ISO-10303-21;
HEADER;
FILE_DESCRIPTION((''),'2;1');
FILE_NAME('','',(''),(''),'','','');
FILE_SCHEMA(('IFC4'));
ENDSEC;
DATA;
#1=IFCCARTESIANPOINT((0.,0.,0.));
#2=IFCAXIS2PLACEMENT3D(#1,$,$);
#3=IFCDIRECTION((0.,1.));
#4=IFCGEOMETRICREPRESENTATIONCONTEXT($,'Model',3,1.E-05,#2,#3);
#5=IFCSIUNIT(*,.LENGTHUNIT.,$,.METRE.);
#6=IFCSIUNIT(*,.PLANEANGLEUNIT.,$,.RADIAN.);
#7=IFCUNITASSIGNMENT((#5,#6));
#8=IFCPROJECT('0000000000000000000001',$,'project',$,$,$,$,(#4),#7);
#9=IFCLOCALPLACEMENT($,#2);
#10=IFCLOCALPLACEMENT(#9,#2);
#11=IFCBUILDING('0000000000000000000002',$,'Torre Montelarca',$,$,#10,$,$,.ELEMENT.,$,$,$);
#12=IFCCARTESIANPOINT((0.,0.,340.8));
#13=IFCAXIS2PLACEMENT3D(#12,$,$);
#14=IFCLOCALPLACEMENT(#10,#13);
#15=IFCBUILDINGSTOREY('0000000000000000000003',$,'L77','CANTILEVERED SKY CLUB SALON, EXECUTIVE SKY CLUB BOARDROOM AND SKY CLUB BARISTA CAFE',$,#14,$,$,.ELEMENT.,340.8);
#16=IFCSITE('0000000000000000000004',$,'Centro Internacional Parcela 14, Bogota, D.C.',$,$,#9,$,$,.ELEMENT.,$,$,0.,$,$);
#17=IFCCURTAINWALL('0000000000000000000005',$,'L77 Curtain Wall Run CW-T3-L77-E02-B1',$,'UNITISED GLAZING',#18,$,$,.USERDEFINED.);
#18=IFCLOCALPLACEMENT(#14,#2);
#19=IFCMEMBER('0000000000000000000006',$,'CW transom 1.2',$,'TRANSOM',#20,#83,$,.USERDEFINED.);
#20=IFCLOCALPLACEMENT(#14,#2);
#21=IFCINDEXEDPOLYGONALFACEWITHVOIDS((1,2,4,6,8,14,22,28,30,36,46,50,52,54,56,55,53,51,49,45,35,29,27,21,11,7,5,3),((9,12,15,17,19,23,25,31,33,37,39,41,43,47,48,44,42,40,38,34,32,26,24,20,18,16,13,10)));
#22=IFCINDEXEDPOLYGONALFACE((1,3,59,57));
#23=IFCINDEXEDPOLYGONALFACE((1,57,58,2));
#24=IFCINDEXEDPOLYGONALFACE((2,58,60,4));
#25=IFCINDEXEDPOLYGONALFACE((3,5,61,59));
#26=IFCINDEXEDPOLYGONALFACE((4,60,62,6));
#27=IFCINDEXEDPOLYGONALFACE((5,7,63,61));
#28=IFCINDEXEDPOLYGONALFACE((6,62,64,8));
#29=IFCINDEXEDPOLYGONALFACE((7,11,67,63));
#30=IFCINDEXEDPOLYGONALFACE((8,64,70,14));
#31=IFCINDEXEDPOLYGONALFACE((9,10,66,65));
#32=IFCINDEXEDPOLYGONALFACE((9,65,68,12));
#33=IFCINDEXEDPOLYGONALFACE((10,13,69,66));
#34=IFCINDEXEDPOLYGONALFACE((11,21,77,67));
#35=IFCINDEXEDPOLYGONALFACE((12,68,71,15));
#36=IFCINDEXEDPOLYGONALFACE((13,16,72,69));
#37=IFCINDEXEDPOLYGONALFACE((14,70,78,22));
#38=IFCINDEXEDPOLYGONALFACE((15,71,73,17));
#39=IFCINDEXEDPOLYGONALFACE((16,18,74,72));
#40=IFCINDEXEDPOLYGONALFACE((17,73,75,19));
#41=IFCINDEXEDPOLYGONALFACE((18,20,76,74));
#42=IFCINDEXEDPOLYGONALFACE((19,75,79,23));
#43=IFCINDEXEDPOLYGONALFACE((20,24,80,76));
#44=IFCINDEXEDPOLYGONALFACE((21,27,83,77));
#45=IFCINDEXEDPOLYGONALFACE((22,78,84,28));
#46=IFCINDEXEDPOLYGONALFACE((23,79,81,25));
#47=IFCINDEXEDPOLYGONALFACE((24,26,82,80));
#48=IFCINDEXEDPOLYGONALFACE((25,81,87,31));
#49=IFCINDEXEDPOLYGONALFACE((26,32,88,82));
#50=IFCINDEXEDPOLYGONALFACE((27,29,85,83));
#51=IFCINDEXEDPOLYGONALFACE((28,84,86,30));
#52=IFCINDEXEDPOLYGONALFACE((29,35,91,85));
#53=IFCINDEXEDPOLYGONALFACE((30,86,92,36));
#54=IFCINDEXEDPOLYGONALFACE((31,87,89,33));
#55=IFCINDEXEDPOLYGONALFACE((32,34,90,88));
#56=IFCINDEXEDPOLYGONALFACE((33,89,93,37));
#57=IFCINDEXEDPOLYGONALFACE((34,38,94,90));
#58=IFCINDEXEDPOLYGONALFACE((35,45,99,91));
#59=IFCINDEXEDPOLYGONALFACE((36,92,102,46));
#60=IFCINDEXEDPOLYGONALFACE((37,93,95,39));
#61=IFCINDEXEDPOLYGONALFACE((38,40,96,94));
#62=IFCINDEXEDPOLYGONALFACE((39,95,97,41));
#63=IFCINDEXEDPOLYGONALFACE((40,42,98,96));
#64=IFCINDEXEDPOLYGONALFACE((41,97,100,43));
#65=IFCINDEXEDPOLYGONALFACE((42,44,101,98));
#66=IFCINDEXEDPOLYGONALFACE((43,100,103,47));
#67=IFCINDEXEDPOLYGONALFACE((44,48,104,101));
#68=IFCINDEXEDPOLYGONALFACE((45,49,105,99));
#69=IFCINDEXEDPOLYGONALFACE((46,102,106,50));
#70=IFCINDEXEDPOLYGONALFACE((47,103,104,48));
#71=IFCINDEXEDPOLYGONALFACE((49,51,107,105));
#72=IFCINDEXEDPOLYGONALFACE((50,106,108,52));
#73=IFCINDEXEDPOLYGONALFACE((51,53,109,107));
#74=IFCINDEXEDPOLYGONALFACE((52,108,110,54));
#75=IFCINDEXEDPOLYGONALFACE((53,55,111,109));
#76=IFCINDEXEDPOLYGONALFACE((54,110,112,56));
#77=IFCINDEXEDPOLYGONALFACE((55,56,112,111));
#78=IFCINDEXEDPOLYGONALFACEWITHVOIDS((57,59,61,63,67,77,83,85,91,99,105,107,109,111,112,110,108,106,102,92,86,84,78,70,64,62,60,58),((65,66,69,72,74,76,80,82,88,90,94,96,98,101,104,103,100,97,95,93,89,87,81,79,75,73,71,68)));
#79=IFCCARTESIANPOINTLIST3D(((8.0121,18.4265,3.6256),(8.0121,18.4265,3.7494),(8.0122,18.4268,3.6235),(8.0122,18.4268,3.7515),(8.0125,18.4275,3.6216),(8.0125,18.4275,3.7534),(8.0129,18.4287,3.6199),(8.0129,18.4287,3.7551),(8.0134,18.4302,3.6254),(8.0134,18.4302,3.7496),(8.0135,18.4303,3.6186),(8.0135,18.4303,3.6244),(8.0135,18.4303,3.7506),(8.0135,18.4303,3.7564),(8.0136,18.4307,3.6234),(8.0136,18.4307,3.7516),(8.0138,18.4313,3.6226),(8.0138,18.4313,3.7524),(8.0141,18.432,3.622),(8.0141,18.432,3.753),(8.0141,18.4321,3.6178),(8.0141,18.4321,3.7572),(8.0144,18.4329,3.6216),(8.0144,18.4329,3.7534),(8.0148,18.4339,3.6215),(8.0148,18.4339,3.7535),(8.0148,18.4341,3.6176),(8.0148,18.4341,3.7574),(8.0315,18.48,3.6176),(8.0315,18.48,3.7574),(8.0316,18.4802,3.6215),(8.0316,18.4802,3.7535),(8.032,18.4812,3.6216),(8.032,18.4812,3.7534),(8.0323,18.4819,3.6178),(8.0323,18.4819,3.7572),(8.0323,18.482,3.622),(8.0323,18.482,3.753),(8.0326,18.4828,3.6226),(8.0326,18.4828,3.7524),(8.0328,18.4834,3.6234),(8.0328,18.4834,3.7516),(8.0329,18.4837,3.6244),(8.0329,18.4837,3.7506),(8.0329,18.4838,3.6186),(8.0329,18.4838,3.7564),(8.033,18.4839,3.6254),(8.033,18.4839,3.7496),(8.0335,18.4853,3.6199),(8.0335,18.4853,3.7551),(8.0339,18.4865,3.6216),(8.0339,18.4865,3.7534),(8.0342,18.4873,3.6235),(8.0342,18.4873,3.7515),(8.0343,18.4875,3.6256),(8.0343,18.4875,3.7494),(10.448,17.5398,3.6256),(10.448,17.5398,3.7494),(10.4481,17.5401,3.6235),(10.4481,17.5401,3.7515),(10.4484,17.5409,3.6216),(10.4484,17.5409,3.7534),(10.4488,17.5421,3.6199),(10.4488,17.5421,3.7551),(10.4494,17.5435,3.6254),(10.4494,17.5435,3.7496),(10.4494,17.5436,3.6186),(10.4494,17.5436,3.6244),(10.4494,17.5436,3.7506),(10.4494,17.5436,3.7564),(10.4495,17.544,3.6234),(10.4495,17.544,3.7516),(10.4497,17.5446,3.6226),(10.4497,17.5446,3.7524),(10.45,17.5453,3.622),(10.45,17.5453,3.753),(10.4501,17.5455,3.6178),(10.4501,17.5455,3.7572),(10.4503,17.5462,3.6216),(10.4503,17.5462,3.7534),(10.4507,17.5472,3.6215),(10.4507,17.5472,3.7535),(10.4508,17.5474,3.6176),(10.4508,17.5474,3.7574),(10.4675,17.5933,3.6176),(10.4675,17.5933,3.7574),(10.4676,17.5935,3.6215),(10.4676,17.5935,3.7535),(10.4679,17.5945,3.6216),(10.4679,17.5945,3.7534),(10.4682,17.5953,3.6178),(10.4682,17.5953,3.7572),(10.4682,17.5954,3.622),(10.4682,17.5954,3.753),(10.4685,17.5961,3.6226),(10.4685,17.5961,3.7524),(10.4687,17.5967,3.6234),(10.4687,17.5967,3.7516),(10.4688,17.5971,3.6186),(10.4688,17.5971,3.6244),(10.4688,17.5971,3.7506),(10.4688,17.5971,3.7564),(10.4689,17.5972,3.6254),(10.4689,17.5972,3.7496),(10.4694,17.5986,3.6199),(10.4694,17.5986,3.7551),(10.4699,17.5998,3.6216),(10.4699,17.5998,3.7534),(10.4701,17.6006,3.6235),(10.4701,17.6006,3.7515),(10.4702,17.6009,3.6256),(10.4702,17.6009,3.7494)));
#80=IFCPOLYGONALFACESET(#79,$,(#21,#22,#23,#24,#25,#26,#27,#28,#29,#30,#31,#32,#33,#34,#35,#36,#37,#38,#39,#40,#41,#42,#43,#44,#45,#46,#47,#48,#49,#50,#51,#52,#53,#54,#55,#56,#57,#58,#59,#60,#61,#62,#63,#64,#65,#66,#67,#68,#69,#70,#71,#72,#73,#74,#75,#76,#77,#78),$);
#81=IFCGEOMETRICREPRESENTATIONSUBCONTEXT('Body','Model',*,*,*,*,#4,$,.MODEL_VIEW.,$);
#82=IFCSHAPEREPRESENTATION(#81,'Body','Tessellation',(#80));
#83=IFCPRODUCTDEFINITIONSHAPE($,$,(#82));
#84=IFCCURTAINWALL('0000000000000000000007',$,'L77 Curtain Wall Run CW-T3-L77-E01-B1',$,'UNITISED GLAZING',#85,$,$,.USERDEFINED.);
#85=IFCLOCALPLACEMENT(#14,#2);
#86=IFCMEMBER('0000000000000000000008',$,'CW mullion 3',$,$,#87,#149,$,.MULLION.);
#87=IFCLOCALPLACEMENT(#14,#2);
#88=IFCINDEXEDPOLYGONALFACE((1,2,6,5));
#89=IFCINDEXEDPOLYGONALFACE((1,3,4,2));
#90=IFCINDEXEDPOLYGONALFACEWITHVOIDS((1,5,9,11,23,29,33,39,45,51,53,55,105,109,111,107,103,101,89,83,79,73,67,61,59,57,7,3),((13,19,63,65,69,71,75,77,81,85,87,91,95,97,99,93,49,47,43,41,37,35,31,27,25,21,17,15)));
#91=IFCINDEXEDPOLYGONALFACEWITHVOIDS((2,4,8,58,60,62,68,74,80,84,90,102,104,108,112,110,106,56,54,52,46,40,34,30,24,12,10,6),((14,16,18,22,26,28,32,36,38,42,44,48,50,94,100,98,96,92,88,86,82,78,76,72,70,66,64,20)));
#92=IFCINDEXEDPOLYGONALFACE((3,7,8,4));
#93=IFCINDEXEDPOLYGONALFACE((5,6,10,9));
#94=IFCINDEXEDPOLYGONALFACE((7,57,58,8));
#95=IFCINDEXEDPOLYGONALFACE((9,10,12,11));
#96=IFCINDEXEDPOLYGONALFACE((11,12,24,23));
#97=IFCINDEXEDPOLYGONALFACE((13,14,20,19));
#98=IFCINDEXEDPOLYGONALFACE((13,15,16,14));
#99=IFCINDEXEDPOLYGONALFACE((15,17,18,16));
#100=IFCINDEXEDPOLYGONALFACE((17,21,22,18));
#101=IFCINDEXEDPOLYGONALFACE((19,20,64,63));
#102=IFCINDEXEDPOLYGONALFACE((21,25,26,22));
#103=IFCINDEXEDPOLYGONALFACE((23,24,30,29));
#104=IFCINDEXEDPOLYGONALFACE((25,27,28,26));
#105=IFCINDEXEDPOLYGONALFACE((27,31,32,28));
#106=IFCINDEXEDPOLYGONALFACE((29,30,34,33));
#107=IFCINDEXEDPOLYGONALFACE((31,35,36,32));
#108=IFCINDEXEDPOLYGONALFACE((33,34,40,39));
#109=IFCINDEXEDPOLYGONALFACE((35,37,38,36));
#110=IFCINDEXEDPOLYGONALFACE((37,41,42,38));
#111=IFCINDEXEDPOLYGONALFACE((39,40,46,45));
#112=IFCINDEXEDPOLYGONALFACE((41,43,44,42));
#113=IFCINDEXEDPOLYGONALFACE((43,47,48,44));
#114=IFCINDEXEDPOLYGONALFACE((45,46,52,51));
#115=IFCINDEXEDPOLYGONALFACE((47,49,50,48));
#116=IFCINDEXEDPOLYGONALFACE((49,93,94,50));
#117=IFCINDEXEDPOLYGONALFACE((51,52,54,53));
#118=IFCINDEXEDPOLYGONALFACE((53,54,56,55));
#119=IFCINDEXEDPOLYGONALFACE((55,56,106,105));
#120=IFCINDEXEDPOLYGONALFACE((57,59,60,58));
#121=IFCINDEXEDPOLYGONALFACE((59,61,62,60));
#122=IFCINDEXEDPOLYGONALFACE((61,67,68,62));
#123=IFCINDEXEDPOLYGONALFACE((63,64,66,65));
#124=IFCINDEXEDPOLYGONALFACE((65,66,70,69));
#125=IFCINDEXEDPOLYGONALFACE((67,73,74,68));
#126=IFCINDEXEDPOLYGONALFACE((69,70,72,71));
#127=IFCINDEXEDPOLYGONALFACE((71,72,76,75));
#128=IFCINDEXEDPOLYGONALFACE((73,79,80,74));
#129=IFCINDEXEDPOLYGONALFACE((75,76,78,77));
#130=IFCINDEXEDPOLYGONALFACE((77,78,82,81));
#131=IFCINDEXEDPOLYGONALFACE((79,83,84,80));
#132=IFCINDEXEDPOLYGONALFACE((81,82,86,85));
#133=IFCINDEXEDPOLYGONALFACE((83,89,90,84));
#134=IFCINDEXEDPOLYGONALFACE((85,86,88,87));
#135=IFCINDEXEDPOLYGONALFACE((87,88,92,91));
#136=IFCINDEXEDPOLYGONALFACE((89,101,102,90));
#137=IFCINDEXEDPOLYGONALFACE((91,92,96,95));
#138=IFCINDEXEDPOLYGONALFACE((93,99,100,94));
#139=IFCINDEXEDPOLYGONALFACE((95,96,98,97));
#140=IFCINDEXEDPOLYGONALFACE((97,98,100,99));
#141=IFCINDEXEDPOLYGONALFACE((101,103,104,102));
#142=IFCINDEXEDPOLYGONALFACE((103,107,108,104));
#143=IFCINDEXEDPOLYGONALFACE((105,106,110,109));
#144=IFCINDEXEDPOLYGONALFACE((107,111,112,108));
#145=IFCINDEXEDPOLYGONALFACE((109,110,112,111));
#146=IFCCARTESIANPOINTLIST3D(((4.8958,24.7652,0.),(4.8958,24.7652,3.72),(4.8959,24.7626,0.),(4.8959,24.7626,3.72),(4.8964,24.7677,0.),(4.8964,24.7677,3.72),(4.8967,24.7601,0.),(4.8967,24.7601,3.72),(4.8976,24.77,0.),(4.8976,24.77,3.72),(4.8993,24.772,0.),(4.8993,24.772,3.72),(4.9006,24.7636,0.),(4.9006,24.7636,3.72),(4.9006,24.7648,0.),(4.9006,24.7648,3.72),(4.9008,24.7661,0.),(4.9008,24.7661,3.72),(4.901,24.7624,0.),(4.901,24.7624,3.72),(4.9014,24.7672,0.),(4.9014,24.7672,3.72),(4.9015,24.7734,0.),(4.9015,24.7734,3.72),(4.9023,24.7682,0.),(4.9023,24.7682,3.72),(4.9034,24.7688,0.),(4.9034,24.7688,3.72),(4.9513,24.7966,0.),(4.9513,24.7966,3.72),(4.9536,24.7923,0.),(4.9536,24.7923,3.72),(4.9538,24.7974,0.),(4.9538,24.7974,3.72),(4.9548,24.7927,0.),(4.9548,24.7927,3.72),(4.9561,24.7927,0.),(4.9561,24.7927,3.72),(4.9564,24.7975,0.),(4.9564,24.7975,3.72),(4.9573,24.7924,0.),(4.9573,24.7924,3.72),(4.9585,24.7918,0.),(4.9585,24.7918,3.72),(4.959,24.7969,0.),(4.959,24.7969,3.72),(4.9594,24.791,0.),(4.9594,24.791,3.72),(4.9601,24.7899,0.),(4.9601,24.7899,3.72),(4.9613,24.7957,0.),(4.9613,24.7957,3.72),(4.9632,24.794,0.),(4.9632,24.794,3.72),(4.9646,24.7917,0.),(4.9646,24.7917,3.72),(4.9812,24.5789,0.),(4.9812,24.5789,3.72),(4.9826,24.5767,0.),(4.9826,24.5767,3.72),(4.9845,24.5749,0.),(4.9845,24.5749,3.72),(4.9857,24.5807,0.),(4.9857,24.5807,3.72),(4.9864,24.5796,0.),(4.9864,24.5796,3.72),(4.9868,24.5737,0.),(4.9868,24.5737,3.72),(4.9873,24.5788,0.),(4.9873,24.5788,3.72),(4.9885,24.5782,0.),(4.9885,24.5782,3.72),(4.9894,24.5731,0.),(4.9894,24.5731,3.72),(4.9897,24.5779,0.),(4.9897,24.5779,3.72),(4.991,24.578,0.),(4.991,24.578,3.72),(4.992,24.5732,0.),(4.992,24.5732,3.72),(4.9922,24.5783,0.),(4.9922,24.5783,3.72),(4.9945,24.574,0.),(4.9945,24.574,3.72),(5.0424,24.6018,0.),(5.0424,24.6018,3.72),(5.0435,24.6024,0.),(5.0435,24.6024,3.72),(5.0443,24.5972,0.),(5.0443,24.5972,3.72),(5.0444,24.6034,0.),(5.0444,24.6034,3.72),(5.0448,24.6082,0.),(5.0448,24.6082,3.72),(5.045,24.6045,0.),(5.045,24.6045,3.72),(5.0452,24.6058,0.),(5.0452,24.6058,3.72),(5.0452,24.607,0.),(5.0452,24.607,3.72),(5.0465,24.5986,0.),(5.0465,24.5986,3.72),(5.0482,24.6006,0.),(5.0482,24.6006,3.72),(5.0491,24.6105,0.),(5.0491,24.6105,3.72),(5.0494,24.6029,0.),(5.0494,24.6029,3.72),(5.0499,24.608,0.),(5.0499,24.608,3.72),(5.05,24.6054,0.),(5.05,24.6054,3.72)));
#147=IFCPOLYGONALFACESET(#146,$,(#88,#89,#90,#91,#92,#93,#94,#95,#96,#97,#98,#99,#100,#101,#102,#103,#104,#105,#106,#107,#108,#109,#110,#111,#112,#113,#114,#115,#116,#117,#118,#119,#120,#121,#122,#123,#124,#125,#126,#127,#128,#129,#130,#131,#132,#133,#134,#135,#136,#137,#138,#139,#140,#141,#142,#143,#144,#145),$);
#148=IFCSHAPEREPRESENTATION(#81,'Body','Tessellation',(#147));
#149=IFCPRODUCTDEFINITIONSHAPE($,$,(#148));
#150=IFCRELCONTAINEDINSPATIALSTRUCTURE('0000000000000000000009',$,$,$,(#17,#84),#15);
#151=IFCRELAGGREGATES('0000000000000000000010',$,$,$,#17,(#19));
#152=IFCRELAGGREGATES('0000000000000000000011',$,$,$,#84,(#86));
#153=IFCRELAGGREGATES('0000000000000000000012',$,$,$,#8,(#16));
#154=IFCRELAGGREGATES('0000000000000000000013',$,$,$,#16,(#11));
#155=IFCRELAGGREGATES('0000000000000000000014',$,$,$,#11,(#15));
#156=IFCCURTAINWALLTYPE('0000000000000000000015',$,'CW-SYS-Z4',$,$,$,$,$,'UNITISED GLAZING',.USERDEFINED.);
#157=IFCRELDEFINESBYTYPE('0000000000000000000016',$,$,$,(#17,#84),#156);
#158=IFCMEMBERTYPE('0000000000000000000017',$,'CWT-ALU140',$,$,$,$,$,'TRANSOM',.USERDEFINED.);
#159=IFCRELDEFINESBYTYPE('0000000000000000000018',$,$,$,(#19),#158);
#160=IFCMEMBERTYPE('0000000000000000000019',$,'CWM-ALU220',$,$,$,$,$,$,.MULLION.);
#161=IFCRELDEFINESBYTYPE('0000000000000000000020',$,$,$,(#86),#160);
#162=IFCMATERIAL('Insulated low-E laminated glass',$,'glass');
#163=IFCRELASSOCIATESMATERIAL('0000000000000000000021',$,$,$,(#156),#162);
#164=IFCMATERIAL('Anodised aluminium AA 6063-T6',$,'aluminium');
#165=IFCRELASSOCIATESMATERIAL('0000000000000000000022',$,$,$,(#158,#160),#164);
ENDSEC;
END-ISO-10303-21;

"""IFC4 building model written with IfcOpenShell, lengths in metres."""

from ifc_helpers import new_model, si_unit, direction, frame, origin, origin_2d, place, context, subcontext, project, spatial, hollow_rectangle, extrude, source, transform, mapped, material, material_profile, profile_set, type_object, element, aggregate, save


model = new_model("IFC4")

# Units and contexts
model_context = context("Model", 3, precision=1e-05, world=origin(), true_north=direction((0.0, 1.0)))
body_context = subcontext(model_context, "Body", "Model", "MODEL_VIEW")
ifc_project = project(units=[si_unit("LENGTHUNIT", "METRE"), si_unit("PLANEANGLEUNIT", "RADIAN")], contexts=[model_context])

# Site, building, storey
site_placement = place(None, origin())
site = spatial("IfcSite", under=ifc_project, at=site_placement, Name="Centro Internacional Parcela 14, Bogota, D.C.", CompositionType="ELEMENT", RefElevation=0.0)
building_placement = place(site_placement, origin())
building = spatial("IfcBuilding", under=site, at=building_placement, Name="Torre Montelarca", CompositionType="ELEMENT")
storey_placement = place(building_placement, frame((0.0, 0.0, 340.8)))
storey = spatial("IfcBuildingStorey", under=building, at=storey_placement, Name="L77", Description="CANTILEVERED SKY CLUB SALON, EXECUTIVE SKY CLUB BOARDROOM AND SKY CLUB BARISTA CAFE", CompositionType="ELEMENT", Elevation=340.8)

# Curtain walls, members
ifc_material_1 = material(Name="Insulated low-E laminated glass", Category="glass")
curtain_wall_type = type_object("IfcCurtainWallType", Name="CW-SYS-Z4", ElementType="UNITISED GLAZING", PredefinedType="USERDEFINED", material=ifc_material_1)
curtain_wall_1_placement = place(storey_placement, origin())
curtain_wall_1 = element("IfcCurtainWall", 1, at=curtain_wall_1_placement, inside=storey, type_object=curtain_wall_type, Name="L77 Curtain Wall Run CW-T3-L77-E02-B1", ObjectType="UNITISED GLAZING", PredefinedType="USERDEFINED")
ifc_material_2 = material(Name="Anodised aluminium AA 6063-T6", Category="aluminium")
ifc_material_profile_1 = material_profile(ifc_material_2, hollow_rectangle(XDim=0.0649, YDim=0.1399, WallThickness=0.0039, InnerFilletRadius=0.0039, OuterFilletRadius=0.0081, at=origin_2d()), Name="ALU65X140X4", Category="aluminium")
ifc_profile_set_1 = profile_set([ifc_material_profile_1], Name="Anodised aluminium AA 6063-T6")
member_type_1 = type_object("IfcMemberType", Name="CWT-ALU140", ElementType="TRANSOM", PredefinedType="USERDEFINED", material=ifc_profile_set_1)
shared_shape_1 = source(origin(), body_context, "Body", "SweptSolid", [
    extrude(hollow_rectangle(XDim=0.0649, YDim=0.1399, WallThickness=0.0039, InnerFilletRadius=0.0039, OuterFilletRadius=0.0081, at=origin_2d()), origin(), (0.0, 0.0, 1.0), 2.5923),
])
member_1_placement = place(storey_placement, frame((8.0232, 18.457, 3.6875), z_axis=(0.939683, -0.342046, 0.0), x_axis=(0.342046, 0.939683, 0.0)))
member_1 = element("IfcMember", 2, at=member_1_placement, type_object=member_type_1, Name="CW transom 1.2", ObjectType="TRANSOM", PredefinedType="USERDEFINED", context=body_context, shape_type="MappedRepresentation", body=[
    mapped(shared_shape_1, transform((0.0, 0.0, 0.0), scale=1.0)),
])
curtain_wall_2_placement = place(storey_placement, origin())
curtain_wall_2 = element("IfcCurtainWall", 3, at=curtain_wall_2_placement, inside=storey, type_object=curtain_wall_type, Name="L77 Curtain Wall Run CW-T3-L77-E01-B1", ObjectType="UNITISED GLAZING", PredefinedType="USERDEFINED")
ifc_material_profile_2 = material_profile(ifc_material_2, hollow_rectangle(XDim=0.075, YDim=0.22, WallThickness=0.0049, InnerFilletRadius=0.0049, OuterFilletRadius=0.01, at=origin_2d()), Name="ALU75X220X5", Category="aluminium")
ifc_profile_set_2 = profile_set([ifc_material_profile_2], Name="Anodised aluminium AA 6063-T6")
member_type_2 = type_object("IfcMemberType", Name="CWM-ALU220", PredefinedType="MULLION", material=ifc_profile_set_2)
shared_shape_2 = source(origin(), body_context, "Body", "SweptSolid", [
    extrude(hollow_rectangle(XDim=0.075, YDim=0.22, WallThickness=0.0049, InnerFilletRadius=0.0049, OuterFilletRadius=0.01, at=origin_2d()), origin(), (0.0, 0.0, 1.0), 3.72),
])
member_2_placement = place(storey_placement, frame((4.9729, 24.6853, 0.0), z_axis=(0.0, 0.0, 1.0), x_axis=(0.906311, 0.422612, 0.0)))
member_2 = element("IfcMember", 4, at=member_2_placement, type_object=member_type_2, Name="CW mullion 3", PredefinedType="MULLION", context=body_context, shape_type="MappedRepresentation", body=[
    mapped(shared_shape_2, transform((0.0, 0.0, 0.0), scale=1.0)),
])

aggregate(curtain_wall_1, [member_1])
aggregate(curtain_wall_2, [member_2])

save(model, "model.ifc")
